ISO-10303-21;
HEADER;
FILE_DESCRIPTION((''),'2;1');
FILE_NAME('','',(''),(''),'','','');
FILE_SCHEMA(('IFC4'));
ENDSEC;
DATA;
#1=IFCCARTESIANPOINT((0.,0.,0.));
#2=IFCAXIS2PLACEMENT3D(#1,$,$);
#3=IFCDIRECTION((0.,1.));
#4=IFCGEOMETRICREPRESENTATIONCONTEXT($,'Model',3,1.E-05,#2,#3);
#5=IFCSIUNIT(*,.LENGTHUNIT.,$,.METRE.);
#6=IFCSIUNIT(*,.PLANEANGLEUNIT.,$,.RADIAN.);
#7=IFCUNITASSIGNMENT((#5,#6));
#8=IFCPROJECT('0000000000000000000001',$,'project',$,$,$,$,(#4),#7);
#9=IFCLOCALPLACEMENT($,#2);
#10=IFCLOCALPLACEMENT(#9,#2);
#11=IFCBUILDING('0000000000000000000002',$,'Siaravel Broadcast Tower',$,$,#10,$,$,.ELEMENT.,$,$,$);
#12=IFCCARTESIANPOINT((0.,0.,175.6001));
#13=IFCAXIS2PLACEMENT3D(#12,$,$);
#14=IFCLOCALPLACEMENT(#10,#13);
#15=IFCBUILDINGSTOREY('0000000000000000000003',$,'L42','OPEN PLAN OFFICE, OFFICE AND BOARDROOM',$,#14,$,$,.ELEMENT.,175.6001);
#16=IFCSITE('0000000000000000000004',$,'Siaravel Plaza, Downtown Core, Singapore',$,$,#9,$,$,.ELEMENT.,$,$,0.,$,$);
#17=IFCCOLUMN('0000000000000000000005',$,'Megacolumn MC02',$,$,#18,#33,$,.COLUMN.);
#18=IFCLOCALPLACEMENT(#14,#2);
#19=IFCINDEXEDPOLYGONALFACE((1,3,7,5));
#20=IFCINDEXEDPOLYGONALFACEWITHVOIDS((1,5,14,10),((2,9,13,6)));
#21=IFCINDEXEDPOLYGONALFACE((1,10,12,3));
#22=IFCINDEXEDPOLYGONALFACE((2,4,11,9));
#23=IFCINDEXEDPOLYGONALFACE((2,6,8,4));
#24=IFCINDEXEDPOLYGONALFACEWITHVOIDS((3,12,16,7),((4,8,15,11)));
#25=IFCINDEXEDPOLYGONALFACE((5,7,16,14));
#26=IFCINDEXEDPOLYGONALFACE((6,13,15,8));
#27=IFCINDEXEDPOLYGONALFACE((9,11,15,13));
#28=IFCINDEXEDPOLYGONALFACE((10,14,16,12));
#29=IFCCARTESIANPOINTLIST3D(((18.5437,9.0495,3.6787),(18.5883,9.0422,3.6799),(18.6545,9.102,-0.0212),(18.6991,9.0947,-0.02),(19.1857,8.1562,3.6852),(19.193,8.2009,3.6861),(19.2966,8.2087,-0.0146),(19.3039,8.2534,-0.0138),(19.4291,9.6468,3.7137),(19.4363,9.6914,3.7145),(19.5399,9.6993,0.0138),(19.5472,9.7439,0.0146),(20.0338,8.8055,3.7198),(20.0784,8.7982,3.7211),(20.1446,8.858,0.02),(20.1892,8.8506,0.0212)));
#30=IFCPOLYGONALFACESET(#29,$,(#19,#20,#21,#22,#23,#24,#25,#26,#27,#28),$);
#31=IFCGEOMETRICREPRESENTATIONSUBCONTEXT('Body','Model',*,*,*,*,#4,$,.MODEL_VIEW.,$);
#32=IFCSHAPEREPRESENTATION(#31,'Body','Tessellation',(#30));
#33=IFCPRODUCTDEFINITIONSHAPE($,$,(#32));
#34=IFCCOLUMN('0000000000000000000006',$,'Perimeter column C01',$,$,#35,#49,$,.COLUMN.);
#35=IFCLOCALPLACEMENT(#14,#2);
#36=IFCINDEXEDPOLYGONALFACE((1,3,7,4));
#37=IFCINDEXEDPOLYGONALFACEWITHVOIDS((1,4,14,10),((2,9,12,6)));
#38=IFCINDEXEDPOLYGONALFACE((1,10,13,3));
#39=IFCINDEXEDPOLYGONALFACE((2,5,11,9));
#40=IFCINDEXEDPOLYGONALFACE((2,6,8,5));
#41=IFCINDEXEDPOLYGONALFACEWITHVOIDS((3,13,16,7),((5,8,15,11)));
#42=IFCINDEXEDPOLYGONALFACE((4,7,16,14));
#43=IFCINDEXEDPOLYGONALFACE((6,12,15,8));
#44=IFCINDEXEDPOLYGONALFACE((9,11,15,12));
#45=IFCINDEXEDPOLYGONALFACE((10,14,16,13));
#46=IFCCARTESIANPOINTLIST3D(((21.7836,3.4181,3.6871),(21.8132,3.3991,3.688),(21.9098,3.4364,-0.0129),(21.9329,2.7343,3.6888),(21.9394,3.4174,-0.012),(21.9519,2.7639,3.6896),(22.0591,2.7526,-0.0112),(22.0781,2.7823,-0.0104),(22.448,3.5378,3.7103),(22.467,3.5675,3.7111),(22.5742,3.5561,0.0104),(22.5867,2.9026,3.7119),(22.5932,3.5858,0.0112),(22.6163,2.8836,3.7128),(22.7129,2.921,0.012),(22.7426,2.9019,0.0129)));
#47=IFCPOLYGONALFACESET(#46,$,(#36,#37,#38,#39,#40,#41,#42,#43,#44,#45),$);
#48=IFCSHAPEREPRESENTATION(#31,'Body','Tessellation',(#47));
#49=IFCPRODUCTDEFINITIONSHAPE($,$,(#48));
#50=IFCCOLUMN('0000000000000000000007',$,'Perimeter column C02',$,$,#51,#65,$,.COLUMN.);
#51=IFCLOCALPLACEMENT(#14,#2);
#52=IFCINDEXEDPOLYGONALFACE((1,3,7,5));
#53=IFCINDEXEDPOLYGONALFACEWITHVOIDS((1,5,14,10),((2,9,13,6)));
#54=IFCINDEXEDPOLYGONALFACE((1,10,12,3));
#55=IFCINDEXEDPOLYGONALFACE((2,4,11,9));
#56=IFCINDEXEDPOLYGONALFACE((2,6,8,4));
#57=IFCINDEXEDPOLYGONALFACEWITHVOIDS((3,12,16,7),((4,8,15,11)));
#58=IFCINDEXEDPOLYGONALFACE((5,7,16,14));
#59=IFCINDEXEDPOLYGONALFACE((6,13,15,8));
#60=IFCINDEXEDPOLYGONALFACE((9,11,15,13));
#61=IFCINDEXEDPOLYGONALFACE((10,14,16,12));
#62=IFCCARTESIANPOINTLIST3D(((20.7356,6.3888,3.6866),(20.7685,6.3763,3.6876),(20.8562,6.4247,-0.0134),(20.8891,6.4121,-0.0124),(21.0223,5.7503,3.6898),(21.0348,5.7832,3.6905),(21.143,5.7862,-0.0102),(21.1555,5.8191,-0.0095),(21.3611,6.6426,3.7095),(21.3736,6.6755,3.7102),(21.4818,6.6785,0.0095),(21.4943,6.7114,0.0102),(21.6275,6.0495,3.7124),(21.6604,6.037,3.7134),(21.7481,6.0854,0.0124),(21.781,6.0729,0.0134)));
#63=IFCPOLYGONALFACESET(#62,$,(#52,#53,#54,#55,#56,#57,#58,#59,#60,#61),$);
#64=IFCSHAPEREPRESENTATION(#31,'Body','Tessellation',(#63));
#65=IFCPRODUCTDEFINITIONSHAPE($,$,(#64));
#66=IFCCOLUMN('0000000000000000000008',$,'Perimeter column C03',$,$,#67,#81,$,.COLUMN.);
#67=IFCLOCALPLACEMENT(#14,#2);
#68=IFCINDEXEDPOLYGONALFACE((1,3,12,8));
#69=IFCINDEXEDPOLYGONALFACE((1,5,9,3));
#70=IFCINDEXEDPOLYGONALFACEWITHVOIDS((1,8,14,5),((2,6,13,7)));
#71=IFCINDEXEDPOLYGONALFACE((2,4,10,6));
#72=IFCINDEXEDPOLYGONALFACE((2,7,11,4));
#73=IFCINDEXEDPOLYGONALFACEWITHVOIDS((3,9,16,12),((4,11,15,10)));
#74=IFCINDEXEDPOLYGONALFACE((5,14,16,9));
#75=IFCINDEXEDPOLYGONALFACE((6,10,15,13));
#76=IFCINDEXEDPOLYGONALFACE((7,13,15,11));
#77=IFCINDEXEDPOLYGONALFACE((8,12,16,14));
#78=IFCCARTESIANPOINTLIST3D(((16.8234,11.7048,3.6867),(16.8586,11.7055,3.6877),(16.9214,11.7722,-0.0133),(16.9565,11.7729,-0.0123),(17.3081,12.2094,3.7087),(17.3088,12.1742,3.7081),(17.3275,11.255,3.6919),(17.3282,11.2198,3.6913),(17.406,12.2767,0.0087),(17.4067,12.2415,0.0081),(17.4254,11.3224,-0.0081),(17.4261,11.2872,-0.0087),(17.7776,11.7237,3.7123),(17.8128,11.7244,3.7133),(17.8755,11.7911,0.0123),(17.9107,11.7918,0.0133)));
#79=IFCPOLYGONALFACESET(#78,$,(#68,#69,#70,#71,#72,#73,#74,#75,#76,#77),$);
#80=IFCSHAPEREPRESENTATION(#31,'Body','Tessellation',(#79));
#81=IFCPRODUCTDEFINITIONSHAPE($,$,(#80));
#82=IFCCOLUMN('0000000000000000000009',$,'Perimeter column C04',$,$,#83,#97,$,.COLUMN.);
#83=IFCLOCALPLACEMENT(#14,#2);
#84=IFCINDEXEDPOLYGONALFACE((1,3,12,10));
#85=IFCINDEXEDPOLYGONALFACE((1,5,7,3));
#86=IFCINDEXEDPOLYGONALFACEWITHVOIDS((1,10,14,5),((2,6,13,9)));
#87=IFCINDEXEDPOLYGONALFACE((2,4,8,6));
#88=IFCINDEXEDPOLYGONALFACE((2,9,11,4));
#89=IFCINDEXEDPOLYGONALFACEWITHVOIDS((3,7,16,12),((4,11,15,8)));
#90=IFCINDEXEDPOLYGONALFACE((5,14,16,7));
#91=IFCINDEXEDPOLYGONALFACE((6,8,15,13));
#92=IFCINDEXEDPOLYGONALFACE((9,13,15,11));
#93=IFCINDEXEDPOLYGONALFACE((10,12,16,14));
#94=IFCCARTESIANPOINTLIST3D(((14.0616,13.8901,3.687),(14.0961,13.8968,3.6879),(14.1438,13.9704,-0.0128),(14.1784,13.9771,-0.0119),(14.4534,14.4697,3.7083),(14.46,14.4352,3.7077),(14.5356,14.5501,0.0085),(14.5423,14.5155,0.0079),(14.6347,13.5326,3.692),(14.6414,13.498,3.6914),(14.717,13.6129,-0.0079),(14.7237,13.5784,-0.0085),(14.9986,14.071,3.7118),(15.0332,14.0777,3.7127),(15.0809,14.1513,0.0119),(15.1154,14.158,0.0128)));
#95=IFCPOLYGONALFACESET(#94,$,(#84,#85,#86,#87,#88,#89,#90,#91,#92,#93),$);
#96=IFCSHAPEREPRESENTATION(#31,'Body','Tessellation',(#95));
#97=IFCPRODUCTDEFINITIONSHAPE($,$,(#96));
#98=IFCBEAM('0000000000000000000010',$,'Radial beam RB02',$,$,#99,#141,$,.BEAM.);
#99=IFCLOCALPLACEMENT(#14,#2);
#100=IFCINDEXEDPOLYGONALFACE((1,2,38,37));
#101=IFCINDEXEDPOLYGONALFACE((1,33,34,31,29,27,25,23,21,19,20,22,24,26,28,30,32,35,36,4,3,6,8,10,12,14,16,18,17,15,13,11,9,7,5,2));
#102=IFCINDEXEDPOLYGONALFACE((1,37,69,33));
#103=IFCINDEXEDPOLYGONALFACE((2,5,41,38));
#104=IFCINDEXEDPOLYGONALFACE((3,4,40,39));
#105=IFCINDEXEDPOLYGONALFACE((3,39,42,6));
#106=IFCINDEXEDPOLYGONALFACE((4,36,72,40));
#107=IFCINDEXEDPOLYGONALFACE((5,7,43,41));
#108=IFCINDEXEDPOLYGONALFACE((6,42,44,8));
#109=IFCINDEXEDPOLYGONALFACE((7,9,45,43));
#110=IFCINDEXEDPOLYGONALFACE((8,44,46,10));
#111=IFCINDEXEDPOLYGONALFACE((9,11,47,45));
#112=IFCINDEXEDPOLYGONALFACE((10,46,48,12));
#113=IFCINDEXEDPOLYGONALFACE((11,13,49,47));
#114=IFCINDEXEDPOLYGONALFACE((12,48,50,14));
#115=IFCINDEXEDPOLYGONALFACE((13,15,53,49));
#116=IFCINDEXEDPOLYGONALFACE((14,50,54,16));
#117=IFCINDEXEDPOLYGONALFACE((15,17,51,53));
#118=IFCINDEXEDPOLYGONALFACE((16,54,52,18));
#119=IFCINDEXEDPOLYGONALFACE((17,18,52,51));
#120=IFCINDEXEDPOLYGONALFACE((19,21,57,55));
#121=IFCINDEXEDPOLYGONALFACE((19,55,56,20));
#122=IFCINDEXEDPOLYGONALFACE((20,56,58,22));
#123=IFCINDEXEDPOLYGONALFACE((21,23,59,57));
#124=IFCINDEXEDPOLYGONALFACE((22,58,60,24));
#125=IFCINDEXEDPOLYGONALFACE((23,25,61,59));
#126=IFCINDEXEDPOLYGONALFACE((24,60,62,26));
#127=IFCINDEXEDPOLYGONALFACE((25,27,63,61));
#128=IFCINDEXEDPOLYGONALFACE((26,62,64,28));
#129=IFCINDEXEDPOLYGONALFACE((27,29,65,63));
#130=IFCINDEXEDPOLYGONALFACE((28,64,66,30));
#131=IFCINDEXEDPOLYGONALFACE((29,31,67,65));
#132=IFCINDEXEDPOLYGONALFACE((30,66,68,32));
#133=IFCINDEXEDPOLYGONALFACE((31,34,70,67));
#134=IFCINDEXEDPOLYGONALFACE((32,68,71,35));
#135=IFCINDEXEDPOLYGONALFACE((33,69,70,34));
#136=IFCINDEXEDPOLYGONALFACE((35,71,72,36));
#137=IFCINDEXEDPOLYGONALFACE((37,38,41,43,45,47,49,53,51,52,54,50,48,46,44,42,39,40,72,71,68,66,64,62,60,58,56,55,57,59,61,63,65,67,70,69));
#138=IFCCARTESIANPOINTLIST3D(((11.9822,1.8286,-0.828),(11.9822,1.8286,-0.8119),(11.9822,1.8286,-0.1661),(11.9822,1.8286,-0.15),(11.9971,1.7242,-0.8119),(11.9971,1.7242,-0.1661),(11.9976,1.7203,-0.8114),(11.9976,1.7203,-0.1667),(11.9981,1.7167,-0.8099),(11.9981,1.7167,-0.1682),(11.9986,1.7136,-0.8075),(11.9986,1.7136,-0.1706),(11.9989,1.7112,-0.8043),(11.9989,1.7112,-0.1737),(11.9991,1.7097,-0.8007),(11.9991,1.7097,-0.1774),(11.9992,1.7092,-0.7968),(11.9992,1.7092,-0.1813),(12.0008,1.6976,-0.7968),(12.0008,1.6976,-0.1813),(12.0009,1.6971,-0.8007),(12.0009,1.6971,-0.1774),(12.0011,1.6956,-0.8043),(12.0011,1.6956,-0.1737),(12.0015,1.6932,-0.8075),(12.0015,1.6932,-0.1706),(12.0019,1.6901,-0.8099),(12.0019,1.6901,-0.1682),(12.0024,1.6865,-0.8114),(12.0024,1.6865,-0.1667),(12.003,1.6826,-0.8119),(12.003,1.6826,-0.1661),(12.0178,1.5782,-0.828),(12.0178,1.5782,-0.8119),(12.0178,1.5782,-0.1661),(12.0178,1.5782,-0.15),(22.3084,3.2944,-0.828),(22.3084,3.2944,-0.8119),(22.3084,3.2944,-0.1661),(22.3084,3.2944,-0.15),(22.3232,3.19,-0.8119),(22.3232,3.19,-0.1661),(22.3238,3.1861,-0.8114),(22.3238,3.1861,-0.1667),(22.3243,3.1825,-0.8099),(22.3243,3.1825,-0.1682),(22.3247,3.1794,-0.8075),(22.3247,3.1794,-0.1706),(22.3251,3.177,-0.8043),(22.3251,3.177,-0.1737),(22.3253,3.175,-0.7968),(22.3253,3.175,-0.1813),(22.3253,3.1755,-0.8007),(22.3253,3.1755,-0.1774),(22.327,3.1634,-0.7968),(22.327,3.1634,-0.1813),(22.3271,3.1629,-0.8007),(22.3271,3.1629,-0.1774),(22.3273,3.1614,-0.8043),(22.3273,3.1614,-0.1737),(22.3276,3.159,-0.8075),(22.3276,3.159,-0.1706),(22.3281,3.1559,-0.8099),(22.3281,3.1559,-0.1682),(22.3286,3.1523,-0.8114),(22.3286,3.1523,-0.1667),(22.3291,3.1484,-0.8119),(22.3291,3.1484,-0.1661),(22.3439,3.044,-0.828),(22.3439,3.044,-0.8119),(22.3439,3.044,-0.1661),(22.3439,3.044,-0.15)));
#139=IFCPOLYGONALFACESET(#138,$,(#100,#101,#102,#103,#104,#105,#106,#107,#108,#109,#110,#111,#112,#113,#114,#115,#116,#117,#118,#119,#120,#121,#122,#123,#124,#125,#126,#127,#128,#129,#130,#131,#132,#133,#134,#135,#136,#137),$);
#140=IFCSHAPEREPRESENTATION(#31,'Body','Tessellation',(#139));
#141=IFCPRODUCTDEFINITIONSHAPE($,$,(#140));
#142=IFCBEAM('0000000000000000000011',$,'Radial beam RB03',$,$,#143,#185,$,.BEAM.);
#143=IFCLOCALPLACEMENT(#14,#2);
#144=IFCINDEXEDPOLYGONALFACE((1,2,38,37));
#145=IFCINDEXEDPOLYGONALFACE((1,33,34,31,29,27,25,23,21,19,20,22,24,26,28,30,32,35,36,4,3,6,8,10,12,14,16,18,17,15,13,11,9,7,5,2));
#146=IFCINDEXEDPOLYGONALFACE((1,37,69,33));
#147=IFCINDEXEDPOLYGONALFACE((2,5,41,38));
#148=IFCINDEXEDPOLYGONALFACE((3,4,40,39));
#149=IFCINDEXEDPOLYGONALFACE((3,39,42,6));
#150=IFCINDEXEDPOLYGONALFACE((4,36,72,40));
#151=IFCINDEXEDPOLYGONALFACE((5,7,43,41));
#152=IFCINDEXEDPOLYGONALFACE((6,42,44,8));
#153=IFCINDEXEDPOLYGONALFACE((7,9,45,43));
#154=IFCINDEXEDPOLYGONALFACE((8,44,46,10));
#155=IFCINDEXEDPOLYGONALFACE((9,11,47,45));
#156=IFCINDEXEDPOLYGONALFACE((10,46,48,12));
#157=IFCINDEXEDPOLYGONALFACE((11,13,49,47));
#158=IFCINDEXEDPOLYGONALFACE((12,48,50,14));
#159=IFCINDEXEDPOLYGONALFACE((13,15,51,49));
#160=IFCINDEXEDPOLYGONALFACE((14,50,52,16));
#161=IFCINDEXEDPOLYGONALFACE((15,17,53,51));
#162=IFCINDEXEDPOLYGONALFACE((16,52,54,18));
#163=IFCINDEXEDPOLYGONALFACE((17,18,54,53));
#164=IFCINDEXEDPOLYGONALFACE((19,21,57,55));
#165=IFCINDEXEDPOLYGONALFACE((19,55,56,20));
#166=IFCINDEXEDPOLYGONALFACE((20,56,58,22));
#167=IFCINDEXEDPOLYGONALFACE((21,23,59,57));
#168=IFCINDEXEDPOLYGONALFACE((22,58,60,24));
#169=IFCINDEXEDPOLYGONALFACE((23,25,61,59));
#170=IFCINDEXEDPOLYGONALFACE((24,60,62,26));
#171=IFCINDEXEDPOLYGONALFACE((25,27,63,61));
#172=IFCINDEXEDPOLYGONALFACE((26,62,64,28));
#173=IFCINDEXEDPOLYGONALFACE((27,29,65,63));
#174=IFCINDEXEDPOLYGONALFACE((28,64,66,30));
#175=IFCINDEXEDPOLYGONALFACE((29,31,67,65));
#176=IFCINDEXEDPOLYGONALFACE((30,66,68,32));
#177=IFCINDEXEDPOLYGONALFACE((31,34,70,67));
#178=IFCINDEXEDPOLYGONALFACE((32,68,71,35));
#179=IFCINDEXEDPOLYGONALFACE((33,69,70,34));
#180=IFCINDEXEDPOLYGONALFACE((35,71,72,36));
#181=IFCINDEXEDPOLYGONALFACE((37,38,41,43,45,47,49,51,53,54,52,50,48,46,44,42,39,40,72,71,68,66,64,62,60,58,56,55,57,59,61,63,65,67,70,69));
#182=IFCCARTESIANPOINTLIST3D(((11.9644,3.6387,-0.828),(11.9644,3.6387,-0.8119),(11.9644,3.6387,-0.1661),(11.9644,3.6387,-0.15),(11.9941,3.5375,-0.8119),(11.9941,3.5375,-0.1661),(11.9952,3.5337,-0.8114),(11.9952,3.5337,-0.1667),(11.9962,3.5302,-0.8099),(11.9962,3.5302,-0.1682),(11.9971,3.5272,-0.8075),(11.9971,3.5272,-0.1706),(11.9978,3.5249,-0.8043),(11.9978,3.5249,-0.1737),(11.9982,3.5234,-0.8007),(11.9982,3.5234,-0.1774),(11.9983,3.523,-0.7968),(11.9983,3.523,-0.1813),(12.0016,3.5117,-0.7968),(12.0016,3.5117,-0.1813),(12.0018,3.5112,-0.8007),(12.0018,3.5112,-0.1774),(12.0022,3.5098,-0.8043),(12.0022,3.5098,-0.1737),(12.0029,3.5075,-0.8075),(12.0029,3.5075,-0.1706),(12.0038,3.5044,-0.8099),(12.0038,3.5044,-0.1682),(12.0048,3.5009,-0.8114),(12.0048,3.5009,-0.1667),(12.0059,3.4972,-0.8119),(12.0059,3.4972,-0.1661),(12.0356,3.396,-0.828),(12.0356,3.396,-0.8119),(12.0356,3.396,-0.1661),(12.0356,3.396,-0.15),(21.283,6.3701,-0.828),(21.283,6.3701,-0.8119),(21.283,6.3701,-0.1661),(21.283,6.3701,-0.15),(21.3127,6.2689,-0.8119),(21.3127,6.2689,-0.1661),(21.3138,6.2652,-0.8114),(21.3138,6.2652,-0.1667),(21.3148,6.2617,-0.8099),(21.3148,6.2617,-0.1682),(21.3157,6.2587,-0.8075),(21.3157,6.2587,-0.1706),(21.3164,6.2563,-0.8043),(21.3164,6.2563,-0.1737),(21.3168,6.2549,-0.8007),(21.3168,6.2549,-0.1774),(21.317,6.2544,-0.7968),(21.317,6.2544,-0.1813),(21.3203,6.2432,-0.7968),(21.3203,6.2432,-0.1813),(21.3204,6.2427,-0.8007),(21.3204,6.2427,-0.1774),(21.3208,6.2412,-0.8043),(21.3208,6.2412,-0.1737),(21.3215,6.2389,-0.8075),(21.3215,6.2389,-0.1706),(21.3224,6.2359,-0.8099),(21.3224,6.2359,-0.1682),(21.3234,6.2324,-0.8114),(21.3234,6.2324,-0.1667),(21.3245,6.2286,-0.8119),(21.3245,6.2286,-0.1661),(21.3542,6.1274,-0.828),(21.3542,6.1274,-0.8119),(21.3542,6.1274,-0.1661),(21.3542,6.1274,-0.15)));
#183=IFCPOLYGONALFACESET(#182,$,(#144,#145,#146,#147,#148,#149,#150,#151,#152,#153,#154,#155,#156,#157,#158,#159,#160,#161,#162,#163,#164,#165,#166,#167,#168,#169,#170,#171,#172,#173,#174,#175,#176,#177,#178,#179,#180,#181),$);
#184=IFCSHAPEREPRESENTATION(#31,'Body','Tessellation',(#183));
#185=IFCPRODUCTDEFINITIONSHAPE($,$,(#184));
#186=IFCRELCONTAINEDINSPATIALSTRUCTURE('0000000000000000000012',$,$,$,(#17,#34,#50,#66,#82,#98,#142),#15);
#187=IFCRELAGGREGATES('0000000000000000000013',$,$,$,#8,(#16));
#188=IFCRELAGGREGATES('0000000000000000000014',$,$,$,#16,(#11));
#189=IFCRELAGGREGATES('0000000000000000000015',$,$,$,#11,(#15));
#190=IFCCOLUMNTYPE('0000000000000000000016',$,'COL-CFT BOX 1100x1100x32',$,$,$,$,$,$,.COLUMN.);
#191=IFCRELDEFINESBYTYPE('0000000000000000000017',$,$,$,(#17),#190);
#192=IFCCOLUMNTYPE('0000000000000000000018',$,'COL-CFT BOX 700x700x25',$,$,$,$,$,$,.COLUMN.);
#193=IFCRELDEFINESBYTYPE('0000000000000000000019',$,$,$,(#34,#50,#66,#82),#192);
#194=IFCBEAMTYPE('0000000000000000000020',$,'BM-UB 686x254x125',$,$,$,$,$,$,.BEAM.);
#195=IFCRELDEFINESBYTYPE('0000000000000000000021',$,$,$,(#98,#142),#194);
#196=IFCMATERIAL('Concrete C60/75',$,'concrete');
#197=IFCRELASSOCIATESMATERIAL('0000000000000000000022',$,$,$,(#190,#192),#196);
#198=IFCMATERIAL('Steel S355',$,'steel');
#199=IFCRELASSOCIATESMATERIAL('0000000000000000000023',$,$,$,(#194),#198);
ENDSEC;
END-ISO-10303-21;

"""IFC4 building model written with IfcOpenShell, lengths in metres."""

from ifc_helpers import new_model, si_unit, direction, frame, origin, origin_2d, place, context, subcontext, project, spatial, hollow_rectangle, i_section, extrude, material, material_profile, profile_set, type_object, element, save


model = new_model("IFC4")

# Units and contexts
model_context = context("Model", 3, precision=1e-05, world=origin(), true_north=direction((0.0, 1.0)))
body_context = subcontext(model_context, "Body", "Model", "MODEL_VIEW")
ifc_project = project(units=[si_unit("LENGTHUNIT", "METRE"), si_unit("PLANEANGLEUNIT", "RADIAN")], contexts=[model_context])

# Site, building, storey
site_placement = place(None, origin())
site = spatial("IfcSite", under=ifc_project, at=site_placement, Name="Siaravel Plaza, Downtown Core, Singapore", CompositionType="ELEMENT", RefElevation=0.0)
building_placement = place(site_placement, origin())
building = spatial("IfcBuilding", under=site, at=building_placement, Name="Siaravel Broadcast Tower", CompositionType="ELEMENT")
storey_placement = place(building_placement, frame((0.0, 0.0, 175.6001)))
storey = spatial("IfcBuildingStorey", under=building, at=storey_placement, Name="L42", Description="OPEN PLAN OFFICE, OFFICE AND BOARDROOM", CompositionType="ELEMENT", Elevation=175.6001)

# Columns
ifc_material_1 = material(Name="Concrete C60/75", Category="concrete")
ifc_material_profile_1 = material_profile(ifc_material_1, hollow_rectangle(XDim=1.1001, YDim=1.1001, WallThickness=0.032, at=origin_2d()))
ifc_profile_set_1 = profile_set([ifc_material_profile_1], Name="Concrete C60/75")
column_type_1 = type_object("IfcColumnType", Name="COL-CFT BOX 1100x1100x32", PredefinedType="COLUMN", material=ifc_profile_set_1)
column_1_placement = place(storey_placement, frame((19.4219, 8.9763, 0.0), z_axis=(-0.029941, -0.014179, 0.999451), x_axis=(0.583647, -0.811986, 0.005965)))
element("IfcColumn", 1, at=column_1_placement, inside=storey, type_object=column_type_1, Name="Megacolumn MC02", PredefinedType="COLUMN", context=body_context, shape_type="SweptSolid", body=[
    extrude(hollow_rectangle(XDim=1.1001, YDim=1.1001, WallThickness=0.032, at=origin_2d()), origin(), (0.0, 0.0, 1.0), 3.7019),
])
ifc_material_profile_2 = material_profile(ifc_material_1, hollow_rectangle(XDim=0.7, YDim=0.7, WallThickness=0.0249, at=origin_2d()))
ifc_profile_set_2 = profile_set([ifc_material_profile_2], Name="Concrete C60/75")
column_type_2 = type_object("IfcColumnType", Name="COL-CFT BOX 700x700x25", PredefinedType="COLUMN", material=ifc_profile_set_2)
for number, where, z_axis, x_axis, name in (
    (2, (22.3262, 3.1692, 0.0), (-0.034094, -0.004946, 0.999406), (0.213384, -0.976965, 0.002445), "Perimeter column C01"),
    (3, (21.3186, 6.2488, 0.0), (-0.032578, -0.009694, 0.999422), (0.40973, -0.912196, 0.004508), "Perimeter column C02"),
):
    element("IfcColumn", number, at=place(storey_placement, frame(where, z_axis=z_axis, x_axis=x_axis)), inside=storey, type_object=column_type_2, Name=name, PredefinedType="COLUMN", context=body_context, shape_type="SweptSolid", body=[
        extrude(hollow_rectangle(XDim=0.7, YDim=0.7, WallThickness=0.0249, at=origin_2d()), origin(), (0.0, 0.0, 1.0), 3.7021),
    ])
column_2_placement = place(storey_placement, frame((17.416, 11.782, 0.0), z_axis=(-0.026446, -0.018202, 0.999484), x_axis=(0.721081, -0.692821, 0.006462)))
element("IfcColumn", 4, at=column_2_placement, inside=storey, type_object=column_type_2, Name="Perimeter column C03", PredefinedType="COLUMN", context=body_context, shape_type="SweptSolid", body=[
    extrude(hollow_rectangle(XDim=0.7, YDim=0.7, WallThickness=0.0249, at=origin_2d()), origin(), (0.0, 0.0, 1.0), 3.7019),
])
column_3_placement = place(storey_placement, frame((14.6296, 14.0642, 0.0), z_axis=(-0.022226, -0.021699, 0.999517), x_axis=(0.82837, -0.560146, 0.00626)))
element("IfcColumn", 5, at=column_3_placement, inside=storey, type_object=column_type_2, Name="Perimeter column C04", PredefinedType="COLUMN", context=body_context, shape_type="SweptSolid", body=[
    extrude(hollow_rectangle(XDim=0.7, YDim=0.7, WallThickness=0.0249, at=origin_2d()), origin(), (0.0, 0.0, 1.0), 3.7017),
])

# Beams
ifc_material_2 = material(Name="Steel S355", Category="steel")
ifc_material_profile_3 = material_profile(ifc_material_2, i_section(OverallWidth=0.2529, OverallDepth=0.678, WebThickness=0.0117, FlangeThickness=0.0161, FilletRadius=0.0151, at=origin_2d()))
ifc_profile_set_3 = profile_set([ifc_material_profile_3], Name="Steel S355")
beam_type = type_object("IfcBeamType", Name="BM-UB 686x254x125", PredefinedType="BEAM", material=ifc_profile_set_3)
beam_1_placement = place(storey_placement, frame((22.3262, 3.1692, -0.489), z_axis=(-0.990075, -0.140543, 0.0), x_axis=(0.140543, -0.990075, 0.0)))
element("IfcBeam", 6, at=beam_1_placement, inside=storey, type_object=beam_type, Name="Radial beam RB02", PredefinedType="BEAM", context=body_context, shape_type="SweptSolid", body=[
    extrude(i_section(OverallWidth=0.2529, OverallDepth=0.678, WebThickness=0.0117, FlangeThickness=0.0161, FilletRadius=0.0151, at=origin_2d()), origin(), (0.0, 0.0, 1.0), 10.4297),
])
beam_2_placement = place(storey_placement, frame((21.3186, 6.2488, -0.489), z_axis=(-0.959625, -0.281283, 0.0), x_axis=(0.281283, -0.959625, 0.0)))
element("IfcBeam", 7, at=beam_2_placement, inside=storey, type_object=beam_type, Name="Radial beam RB03", PredefinedType="BEAM", context=body_context, shape_type="SweptSolid", body=[
    extrude(i_section(OverallWidth=0.2529, OverallDepth=0.678, WebThickness=0.0117, FlangeThickness=0.0161, FilletRadius=0.0151, at=origin_2d()), origin(), (0.0, 0.0, 1.0), 9.7107),
])

save(model, "model.ifc")
